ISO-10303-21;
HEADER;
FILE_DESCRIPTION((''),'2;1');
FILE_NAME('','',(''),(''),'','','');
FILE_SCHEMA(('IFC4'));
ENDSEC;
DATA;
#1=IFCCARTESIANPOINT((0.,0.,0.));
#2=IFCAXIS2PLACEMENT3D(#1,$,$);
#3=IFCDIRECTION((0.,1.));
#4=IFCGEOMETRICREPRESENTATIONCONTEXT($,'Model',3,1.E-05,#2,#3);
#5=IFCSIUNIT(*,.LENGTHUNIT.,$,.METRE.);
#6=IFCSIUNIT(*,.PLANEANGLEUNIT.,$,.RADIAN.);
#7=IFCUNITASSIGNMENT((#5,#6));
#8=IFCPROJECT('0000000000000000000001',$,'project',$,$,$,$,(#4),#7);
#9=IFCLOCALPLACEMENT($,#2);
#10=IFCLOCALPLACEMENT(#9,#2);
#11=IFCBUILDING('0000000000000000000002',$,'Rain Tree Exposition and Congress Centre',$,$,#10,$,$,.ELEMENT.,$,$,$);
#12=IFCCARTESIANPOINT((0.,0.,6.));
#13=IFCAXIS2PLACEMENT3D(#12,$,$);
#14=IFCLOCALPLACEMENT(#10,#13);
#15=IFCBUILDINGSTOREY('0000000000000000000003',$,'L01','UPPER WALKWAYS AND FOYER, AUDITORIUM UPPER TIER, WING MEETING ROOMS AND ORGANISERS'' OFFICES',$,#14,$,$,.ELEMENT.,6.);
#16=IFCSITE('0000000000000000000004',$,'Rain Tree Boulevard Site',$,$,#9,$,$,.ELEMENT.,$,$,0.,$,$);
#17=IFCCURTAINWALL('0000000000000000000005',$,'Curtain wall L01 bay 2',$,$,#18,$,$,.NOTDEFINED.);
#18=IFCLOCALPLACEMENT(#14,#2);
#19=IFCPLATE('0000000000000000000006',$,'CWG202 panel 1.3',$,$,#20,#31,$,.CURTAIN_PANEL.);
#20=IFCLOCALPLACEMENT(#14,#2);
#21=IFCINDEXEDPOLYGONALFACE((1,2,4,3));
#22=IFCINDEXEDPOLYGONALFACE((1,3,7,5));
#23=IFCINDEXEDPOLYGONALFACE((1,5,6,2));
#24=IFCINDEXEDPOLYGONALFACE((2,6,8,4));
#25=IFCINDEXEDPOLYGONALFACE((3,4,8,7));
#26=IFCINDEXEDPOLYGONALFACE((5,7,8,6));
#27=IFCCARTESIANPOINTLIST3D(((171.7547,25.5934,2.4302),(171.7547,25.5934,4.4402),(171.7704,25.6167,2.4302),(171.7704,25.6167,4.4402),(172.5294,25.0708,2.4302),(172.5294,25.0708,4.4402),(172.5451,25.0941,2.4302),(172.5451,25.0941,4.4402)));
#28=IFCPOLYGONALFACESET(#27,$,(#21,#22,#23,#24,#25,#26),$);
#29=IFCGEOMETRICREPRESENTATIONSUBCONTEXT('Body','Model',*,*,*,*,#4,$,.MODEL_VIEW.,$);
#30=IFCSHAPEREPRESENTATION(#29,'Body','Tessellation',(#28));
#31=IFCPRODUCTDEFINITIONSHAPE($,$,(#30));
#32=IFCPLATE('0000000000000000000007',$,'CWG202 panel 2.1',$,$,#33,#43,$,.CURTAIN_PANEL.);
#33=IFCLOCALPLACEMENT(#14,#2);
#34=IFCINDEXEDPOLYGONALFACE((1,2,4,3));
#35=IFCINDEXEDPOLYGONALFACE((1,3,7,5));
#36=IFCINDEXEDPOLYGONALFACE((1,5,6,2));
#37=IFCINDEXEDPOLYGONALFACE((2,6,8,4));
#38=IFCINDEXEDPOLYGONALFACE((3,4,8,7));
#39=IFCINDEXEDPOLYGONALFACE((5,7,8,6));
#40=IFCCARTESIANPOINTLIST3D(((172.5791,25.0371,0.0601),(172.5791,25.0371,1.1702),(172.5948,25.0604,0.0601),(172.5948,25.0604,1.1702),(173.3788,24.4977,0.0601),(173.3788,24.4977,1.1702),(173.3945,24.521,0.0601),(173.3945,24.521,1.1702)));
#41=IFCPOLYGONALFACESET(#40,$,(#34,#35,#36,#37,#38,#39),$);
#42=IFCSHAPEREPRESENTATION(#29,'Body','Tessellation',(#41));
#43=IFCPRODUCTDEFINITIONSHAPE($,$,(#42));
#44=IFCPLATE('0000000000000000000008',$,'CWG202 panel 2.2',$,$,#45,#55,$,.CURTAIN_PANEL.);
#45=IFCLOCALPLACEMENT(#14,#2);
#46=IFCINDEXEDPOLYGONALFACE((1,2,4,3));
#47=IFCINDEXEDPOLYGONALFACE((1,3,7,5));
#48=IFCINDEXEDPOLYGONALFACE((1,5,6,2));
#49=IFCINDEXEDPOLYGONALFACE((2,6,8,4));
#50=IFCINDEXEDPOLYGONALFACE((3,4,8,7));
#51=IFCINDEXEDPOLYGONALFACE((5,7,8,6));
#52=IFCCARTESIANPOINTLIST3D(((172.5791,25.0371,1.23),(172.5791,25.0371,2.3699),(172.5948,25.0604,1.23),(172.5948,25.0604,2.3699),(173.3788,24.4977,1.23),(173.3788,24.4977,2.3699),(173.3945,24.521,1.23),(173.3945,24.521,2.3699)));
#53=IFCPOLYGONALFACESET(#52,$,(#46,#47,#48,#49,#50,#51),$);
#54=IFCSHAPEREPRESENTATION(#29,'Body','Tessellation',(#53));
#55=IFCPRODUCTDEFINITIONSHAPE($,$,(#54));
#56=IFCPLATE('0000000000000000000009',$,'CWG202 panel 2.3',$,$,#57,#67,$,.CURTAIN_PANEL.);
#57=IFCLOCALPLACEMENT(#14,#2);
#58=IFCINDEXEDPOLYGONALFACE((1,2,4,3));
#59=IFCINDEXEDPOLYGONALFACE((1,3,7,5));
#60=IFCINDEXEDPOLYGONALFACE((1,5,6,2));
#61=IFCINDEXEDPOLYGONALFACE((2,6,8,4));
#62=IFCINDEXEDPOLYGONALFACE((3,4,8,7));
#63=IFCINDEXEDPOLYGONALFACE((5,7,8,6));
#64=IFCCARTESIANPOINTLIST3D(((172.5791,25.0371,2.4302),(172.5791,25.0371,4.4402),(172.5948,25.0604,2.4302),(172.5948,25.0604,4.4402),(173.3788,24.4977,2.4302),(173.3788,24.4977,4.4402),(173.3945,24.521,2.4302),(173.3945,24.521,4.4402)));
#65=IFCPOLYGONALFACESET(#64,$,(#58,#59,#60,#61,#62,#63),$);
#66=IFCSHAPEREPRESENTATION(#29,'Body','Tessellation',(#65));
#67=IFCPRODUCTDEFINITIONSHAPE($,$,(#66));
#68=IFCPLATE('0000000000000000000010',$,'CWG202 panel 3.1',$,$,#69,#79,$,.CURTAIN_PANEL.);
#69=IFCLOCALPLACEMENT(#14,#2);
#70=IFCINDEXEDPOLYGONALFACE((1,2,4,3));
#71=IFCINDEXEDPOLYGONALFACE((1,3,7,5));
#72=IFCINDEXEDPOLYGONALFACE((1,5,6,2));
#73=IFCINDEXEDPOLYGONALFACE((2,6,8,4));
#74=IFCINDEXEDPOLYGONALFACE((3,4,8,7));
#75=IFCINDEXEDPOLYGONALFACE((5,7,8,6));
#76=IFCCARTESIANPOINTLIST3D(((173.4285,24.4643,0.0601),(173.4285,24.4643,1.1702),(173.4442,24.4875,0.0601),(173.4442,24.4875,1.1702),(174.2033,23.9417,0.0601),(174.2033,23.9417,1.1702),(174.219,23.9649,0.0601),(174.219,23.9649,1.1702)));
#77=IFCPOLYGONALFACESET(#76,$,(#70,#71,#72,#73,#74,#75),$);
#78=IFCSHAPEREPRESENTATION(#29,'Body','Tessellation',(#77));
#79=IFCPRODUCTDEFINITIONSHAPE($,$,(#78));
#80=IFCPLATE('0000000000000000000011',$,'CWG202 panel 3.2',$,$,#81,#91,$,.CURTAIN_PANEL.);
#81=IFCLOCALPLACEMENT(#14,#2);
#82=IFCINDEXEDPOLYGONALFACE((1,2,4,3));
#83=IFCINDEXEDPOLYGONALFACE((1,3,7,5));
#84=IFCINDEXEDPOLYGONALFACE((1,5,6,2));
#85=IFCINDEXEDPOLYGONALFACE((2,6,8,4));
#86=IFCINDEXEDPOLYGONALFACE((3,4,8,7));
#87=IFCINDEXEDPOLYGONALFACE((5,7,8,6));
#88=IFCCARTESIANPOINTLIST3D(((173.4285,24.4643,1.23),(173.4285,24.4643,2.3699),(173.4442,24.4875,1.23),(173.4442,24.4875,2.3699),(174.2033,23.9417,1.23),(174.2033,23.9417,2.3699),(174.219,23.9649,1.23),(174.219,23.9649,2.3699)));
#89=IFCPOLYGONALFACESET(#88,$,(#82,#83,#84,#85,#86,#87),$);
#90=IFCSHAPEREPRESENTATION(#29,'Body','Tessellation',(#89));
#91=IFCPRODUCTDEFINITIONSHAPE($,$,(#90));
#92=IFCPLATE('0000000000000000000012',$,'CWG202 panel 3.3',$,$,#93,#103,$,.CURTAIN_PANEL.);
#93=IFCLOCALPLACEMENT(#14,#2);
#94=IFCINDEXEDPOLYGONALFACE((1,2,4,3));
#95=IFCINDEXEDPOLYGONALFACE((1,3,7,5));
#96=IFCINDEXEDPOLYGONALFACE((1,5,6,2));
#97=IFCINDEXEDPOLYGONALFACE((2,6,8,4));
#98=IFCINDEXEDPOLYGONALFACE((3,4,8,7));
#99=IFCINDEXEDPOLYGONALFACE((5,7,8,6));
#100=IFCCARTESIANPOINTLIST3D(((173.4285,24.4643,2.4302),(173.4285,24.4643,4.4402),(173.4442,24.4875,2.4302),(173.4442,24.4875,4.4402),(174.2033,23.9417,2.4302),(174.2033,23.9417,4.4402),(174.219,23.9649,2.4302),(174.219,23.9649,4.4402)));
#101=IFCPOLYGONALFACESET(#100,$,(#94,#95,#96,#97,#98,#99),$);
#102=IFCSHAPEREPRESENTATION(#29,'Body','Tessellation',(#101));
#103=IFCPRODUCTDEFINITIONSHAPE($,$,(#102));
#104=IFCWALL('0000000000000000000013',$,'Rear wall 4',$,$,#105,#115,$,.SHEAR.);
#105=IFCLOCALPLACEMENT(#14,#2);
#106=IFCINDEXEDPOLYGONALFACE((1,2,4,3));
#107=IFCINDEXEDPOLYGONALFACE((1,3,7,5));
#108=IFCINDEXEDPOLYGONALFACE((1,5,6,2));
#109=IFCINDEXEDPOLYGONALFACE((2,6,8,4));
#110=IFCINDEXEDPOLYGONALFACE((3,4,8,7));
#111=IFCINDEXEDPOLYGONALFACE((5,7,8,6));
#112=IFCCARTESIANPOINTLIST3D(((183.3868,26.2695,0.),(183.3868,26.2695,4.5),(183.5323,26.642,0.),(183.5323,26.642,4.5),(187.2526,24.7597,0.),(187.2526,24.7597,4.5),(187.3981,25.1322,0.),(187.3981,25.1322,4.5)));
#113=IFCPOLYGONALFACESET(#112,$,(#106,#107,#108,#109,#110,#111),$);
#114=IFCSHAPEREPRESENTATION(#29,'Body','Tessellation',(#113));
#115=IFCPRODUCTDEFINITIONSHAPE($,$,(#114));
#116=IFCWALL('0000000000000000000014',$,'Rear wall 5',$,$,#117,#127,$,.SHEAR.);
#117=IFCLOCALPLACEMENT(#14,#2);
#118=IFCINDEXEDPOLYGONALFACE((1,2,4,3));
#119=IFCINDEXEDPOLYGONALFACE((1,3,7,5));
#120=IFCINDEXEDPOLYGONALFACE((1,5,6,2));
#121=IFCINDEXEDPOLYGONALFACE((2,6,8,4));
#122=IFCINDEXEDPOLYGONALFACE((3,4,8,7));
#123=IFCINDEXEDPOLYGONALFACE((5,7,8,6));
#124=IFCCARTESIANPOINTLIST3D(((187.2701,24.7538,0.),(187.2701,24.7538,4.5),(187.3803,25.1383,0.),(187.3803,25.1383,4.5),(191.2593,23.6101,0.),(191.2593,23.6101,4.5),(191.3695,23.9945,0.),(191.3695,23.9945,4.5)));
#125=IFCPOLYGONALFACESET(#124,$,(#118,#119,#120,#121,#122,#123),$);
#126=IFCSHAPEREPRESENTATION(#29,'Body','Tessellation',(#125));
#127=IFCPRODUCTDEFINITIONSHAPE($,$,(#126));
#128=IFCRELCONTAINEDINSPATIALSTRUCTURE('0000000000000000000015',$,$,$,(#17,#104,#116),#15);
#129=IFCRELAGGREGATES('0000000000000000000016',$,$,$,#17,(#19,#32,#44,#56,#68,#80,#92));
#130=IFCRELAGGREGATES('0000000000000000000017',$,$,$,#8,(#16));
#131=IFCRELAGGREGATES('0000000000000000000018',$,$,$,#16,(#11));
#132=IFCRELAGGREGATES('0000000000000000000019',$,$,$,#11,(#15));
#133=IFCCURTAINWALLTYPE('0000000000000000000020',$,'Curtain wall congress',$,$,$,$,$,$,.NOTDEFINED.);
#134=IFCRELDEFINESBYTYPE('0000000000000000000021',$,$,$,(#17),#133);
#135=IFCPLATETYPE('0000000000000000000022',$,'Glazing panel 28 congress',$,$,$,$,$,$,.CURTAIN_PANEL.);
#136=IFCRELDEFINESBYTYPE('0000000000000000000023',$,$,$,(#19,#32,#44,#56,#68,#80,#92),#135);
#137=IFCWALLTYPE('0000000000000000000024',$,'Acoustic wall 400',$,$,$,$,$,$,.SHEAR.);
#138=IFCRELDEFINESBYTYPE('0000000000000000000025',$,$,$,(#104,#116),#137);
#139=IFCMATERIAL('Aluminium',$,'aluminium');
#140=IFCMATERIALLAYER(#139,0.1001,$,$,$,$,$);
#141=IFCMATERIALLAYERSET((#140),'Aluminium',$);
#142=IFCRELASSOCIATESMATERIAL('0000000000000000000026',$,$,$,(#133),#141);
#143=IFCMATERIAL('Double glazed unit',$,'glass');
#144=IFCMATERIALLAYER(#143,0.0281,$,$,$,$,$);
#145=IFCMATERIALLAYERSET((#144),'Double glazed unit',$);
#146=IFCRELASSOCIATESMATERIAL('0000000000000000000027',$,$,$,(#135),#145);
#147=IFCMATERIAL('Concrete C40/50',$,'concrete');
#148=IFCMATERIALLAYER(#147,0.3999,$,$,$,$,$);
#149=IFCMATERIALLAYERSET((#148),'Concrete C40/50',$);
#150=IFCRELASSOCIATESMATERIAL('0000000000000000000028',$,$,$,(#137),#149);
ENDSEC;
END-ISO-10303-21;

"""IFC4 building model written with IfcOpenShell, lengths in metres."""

from ifc_helpers import new_model, si_unit, direction, frame, frame_2d, origin, origin_2d, place, context, subcontext, project, spatial, rectangle, extrude, material, layer, layer_set, type_object, element, aggregate, save


model = new_model("IFC4")

# Units and contexts
model_context = context("Model", 3, precision=1e-05, world=origin(), true_north=direction((0.0, 1.0)))
body_context = subcontext(model_context, "Body", "Model", "MODEL_VIEW")
ifc_project = project(units=[si_unit("LENGTHUNIT", "METRE"), si_unit("PLANEANGLEUNIT", "RADIAN")], contexts=[model_context])

# Site, building, storey
site_placement = place(None, origin())
site = spatial("IfcSite", under=ifc_project, at=site_placement, Name="Rain Tree Boulevard Site", CompositionType="ELEMENT", RefElevation=0.0)
building_placement = place(site_placement, origin())
building = spatial("IfcBuilding", under=site, at=building_placement, Name="Rain Tree Exposition and Congress Centre", CompositionType="ELEMENT")
storey_placement = place(building_placement, frame((0.0, 0.0, 6.0)))
storey = spatial("IfcBuildingStorey", under=building, at=storey_placement, Name="L01", Description="UPPER WALKWAYS AND FOYER, AUDITORIUM UPPER TIER, WING MEETING ROOMS AND ORGANISERS' OFFICES", CompositionType="ELEMENT", Elevation=6.0)

# Shared definitions
ifc_material_1 = material(Name="Aluminium", Category="aluminium")
ifc_layer_1 = layer(ifc_material_1, 0.1001)
ifc_layer_set_1 = layer_set([ifc_layer_1], Name="Aluminium")
curtain_wall_type = type_object("IfcCurtainWallType", Name="Curtain wall congress", PredefinedType="NOTDEFINED", material=ifc_layer_set_1)

# Curtain wall
curtain_wall_1_placement = place(storey_placement, origin())
curtain_wall_1 = element("IfcCurtainWall", 1, at=curtain_wall_1_placement, inside=storey, type_object=curtain_wall_type, Name="Curtain wall L01 bay 2", PredefinedType="NOTDEFINED")

# Plates
ifc_material_2 = material(Name="Double glazed unit", Category="glass")
ifc_layer_2 = layer(ifc_material_2, 0.0281)
ifc_layer_set_2 = layer_set([ifc_layer_2], Name="Double glazed unit")
plate_type = type_object("IfcPlateType", Name="Glazing panel 28 congress", PredefinedType="CURTAIN_PANEL", material=ifc_layer_set_2)
plate_1_placement = place(storey_placement, frame((172.1499, 25.3438, 2.4302), z_axis=(0.0, 0.0, 1.0), x_axis=(0.829035, -0.559197, 0.0)))
plate_1 = element("IfcPlate", 2, at=plate_1_placement, type_object=plate_type, Name="CWG202 panel 1.3", PredefinedType="CURTAIN_PANEL", context=body_context, shape_type="SweptSolid", body=[
    extrude(rectangle(XDim=0.9346, YDim=0.0281, at=origin_2d()), origin(), (0.0, 0.0, 1.0), 2.01),
])
plate_2_placement = place(storey_placement, frame((172.9868, 24.7791, 0.0601), z_axis=(0.0, 0.0, 1.0), x_axis=(0.829035, -0.559197, 0.0)))
plate_2 = element("IfcPlate", 3, at=plate_2_placement, type_object=plate_type, Name="CWG202 panel 2.1", PredefinedType="CURTAIN_PANEL", context=body_context, shape_type="SweptSolid", body=[
    extrude(rectangle(XDim=0.9646, YDim=0.0281, at=origin_2d()), origin(), (0.0, 0.0, 1.0), 1.1101),
])
plate_3_placement = place(storey_placement, frame((172.9868, 24.7791, 1.23), z_axis=(0.0, 0.0, 1.0), x_axis=(0.829035, -0.559197, 0.0)))
plate_3 = element("IfcPlate", 4, at=plate_3_placement, type_object=plate_type, Name="CWG202 panel 2.2", PredefinedType="CURTAIN_PANEL", context=body_context, shape_type="SweptSolid", body=[
    extrude(rectangle(XDim=0.9646, YDim=0.0281, at=origin_2d()), origin(), (0.0, 0.0, 1.0), 1.1399),
])
plate_4_placement = place(storey_placement, frame((172.9868, 24.7791, 2.4302), z_axis=(0.0, 0.0, 1.0), x_axis=(0.829035, -0.559197, 0.0)))
plate_4 = element("IfcPlate", 5, at=plate_4_placement, type_object=plate_type, Name="CWG202 panel 2.3", PredefinedType="CURTAIN_PANEL", context=body_context, shape_type="SweptSolid", body=[
    extrude(rectangle(XDim=0.9646, YDim=0.0281, at=origin_2d()), origin(), (0.0, 0.0, 1.0), 2.01),
])
plate_5_placement = place(storey_placement, frame((173.8237, 24.2146, 0.0601), z_axis=(0.0, 0.0, 1.0), x_axis=(0.829035, -0.559197, 0.0)))
plate_5 = element("IfcPlate", 6, at=plate_5_placement, type_object=plate_type, Name="CWG202 panel 3.1", PredefinedType="CURTAIN_PANEL", context=body_context, shape_type="SweptSolid", body=[
    extrude(rectangle(XDim=0.9346, YDim=0.0281, at=origin_2d()), origin(), (0.0, 0.0, 1.0), 1.1101),
])
plate_6_placement = place(storey_placement, frame((173.8237, 24.2146, 1.23), z_axis=(0.0, 0.0, 1.0), x_axis=(0.829035, -0.559197, 0.0)))
plate_6 = element("IfcPlate", 7, at=plate_6_placement, type_object=plate_type, Name="CWG202 panel 3.2", PredefinedType="CURTAIN_PANEL", context=body_context, shape_type="SweptSolid", body=[
    extrude(rectangle(XDim=0.9346, YDim=0.0281, at=origin_2d()), origin(), (0.0, 0.0, 1.0), 1.1399),
])
plate_7_placement = place(storey_placement, frame((173.8237, 24.2146, 2.4302), z_axis=(0.0, 0.0, 1.0), x_axis=(0.829035, -0.559197, 0.0)))
plate_7 = element("IfcPlate", 8, at=plate_7_placement, type_object=plate_type, Name="CWG202 panel 3.3", PredefinedType="CURTAIN_PANEL", context=body_context, shape_type="SweptSolid", body=[
    extrude(rectangle(XDim=0.9346, YDim=0.0281, at=origin_2d()), origin(), (0.0, 0.0, 1.0), 2.01),
])
aggregate(curtain_wall_1, [plate_1, plate_2, plate_3, plate_4, plate_5, plate_6, plate_7])

# Walls
ifc_material_3 = material(Name="Concrete C40/50", Category="concrete")
ifc_layer_3 = layer(ifc_material_3, 0.3999)
ifc_layer_set_3 = layer_set([ifc_layer_3], Name="Concrete C40/50")
wall_type = type_object("IfcWallType", Name="Acoustic wall 400", PredefinedType="SHEAR", material=ifc_layer_set_3)
wall_1_placement = place(storey_placement, frame((183.4595, 26.4558, 0.0), z_axis=(0.0, 0.0, 1.0), x_axis=(0.93148, -0.363792, 0.0)))
element("IfcWall", 9, at=wall_1_placement, inside=storey, type_object=wall_type, Name="Rear wall 4", PredefinedType="SHEAR", context=body_context, shape_type="SweptSolid", body=[
    extrude(rectangle(XDim=4.1501, YDim=0.3999, at=frame_2d((2.0752, 0.0))), origin(), (0.0, 0.0, 1.0), 4.5),
])
wall_2_placement = place(storey_placement, frame((187.3252, 24.946, 0.0), z_axis=(0.0, 0.0, 1.0), x_axis=(0.961268, -0.275615, 0.0)))
element("IfcWall", 10, at=wall_2_placement, inside=storey, type_object=wall_type, Name="Rear wall 5", PredefinedType="SHEAR", context=body_context, shape_type="SweptSolid", body=[
    extrude(rectangle(XDim=4.1499, YDim=0.3999, at=frame_2d((2.075, 0.0))), origin(), (0.0, 0.0, 1.0), 4.5),
])

save(model, "model.ifc")
